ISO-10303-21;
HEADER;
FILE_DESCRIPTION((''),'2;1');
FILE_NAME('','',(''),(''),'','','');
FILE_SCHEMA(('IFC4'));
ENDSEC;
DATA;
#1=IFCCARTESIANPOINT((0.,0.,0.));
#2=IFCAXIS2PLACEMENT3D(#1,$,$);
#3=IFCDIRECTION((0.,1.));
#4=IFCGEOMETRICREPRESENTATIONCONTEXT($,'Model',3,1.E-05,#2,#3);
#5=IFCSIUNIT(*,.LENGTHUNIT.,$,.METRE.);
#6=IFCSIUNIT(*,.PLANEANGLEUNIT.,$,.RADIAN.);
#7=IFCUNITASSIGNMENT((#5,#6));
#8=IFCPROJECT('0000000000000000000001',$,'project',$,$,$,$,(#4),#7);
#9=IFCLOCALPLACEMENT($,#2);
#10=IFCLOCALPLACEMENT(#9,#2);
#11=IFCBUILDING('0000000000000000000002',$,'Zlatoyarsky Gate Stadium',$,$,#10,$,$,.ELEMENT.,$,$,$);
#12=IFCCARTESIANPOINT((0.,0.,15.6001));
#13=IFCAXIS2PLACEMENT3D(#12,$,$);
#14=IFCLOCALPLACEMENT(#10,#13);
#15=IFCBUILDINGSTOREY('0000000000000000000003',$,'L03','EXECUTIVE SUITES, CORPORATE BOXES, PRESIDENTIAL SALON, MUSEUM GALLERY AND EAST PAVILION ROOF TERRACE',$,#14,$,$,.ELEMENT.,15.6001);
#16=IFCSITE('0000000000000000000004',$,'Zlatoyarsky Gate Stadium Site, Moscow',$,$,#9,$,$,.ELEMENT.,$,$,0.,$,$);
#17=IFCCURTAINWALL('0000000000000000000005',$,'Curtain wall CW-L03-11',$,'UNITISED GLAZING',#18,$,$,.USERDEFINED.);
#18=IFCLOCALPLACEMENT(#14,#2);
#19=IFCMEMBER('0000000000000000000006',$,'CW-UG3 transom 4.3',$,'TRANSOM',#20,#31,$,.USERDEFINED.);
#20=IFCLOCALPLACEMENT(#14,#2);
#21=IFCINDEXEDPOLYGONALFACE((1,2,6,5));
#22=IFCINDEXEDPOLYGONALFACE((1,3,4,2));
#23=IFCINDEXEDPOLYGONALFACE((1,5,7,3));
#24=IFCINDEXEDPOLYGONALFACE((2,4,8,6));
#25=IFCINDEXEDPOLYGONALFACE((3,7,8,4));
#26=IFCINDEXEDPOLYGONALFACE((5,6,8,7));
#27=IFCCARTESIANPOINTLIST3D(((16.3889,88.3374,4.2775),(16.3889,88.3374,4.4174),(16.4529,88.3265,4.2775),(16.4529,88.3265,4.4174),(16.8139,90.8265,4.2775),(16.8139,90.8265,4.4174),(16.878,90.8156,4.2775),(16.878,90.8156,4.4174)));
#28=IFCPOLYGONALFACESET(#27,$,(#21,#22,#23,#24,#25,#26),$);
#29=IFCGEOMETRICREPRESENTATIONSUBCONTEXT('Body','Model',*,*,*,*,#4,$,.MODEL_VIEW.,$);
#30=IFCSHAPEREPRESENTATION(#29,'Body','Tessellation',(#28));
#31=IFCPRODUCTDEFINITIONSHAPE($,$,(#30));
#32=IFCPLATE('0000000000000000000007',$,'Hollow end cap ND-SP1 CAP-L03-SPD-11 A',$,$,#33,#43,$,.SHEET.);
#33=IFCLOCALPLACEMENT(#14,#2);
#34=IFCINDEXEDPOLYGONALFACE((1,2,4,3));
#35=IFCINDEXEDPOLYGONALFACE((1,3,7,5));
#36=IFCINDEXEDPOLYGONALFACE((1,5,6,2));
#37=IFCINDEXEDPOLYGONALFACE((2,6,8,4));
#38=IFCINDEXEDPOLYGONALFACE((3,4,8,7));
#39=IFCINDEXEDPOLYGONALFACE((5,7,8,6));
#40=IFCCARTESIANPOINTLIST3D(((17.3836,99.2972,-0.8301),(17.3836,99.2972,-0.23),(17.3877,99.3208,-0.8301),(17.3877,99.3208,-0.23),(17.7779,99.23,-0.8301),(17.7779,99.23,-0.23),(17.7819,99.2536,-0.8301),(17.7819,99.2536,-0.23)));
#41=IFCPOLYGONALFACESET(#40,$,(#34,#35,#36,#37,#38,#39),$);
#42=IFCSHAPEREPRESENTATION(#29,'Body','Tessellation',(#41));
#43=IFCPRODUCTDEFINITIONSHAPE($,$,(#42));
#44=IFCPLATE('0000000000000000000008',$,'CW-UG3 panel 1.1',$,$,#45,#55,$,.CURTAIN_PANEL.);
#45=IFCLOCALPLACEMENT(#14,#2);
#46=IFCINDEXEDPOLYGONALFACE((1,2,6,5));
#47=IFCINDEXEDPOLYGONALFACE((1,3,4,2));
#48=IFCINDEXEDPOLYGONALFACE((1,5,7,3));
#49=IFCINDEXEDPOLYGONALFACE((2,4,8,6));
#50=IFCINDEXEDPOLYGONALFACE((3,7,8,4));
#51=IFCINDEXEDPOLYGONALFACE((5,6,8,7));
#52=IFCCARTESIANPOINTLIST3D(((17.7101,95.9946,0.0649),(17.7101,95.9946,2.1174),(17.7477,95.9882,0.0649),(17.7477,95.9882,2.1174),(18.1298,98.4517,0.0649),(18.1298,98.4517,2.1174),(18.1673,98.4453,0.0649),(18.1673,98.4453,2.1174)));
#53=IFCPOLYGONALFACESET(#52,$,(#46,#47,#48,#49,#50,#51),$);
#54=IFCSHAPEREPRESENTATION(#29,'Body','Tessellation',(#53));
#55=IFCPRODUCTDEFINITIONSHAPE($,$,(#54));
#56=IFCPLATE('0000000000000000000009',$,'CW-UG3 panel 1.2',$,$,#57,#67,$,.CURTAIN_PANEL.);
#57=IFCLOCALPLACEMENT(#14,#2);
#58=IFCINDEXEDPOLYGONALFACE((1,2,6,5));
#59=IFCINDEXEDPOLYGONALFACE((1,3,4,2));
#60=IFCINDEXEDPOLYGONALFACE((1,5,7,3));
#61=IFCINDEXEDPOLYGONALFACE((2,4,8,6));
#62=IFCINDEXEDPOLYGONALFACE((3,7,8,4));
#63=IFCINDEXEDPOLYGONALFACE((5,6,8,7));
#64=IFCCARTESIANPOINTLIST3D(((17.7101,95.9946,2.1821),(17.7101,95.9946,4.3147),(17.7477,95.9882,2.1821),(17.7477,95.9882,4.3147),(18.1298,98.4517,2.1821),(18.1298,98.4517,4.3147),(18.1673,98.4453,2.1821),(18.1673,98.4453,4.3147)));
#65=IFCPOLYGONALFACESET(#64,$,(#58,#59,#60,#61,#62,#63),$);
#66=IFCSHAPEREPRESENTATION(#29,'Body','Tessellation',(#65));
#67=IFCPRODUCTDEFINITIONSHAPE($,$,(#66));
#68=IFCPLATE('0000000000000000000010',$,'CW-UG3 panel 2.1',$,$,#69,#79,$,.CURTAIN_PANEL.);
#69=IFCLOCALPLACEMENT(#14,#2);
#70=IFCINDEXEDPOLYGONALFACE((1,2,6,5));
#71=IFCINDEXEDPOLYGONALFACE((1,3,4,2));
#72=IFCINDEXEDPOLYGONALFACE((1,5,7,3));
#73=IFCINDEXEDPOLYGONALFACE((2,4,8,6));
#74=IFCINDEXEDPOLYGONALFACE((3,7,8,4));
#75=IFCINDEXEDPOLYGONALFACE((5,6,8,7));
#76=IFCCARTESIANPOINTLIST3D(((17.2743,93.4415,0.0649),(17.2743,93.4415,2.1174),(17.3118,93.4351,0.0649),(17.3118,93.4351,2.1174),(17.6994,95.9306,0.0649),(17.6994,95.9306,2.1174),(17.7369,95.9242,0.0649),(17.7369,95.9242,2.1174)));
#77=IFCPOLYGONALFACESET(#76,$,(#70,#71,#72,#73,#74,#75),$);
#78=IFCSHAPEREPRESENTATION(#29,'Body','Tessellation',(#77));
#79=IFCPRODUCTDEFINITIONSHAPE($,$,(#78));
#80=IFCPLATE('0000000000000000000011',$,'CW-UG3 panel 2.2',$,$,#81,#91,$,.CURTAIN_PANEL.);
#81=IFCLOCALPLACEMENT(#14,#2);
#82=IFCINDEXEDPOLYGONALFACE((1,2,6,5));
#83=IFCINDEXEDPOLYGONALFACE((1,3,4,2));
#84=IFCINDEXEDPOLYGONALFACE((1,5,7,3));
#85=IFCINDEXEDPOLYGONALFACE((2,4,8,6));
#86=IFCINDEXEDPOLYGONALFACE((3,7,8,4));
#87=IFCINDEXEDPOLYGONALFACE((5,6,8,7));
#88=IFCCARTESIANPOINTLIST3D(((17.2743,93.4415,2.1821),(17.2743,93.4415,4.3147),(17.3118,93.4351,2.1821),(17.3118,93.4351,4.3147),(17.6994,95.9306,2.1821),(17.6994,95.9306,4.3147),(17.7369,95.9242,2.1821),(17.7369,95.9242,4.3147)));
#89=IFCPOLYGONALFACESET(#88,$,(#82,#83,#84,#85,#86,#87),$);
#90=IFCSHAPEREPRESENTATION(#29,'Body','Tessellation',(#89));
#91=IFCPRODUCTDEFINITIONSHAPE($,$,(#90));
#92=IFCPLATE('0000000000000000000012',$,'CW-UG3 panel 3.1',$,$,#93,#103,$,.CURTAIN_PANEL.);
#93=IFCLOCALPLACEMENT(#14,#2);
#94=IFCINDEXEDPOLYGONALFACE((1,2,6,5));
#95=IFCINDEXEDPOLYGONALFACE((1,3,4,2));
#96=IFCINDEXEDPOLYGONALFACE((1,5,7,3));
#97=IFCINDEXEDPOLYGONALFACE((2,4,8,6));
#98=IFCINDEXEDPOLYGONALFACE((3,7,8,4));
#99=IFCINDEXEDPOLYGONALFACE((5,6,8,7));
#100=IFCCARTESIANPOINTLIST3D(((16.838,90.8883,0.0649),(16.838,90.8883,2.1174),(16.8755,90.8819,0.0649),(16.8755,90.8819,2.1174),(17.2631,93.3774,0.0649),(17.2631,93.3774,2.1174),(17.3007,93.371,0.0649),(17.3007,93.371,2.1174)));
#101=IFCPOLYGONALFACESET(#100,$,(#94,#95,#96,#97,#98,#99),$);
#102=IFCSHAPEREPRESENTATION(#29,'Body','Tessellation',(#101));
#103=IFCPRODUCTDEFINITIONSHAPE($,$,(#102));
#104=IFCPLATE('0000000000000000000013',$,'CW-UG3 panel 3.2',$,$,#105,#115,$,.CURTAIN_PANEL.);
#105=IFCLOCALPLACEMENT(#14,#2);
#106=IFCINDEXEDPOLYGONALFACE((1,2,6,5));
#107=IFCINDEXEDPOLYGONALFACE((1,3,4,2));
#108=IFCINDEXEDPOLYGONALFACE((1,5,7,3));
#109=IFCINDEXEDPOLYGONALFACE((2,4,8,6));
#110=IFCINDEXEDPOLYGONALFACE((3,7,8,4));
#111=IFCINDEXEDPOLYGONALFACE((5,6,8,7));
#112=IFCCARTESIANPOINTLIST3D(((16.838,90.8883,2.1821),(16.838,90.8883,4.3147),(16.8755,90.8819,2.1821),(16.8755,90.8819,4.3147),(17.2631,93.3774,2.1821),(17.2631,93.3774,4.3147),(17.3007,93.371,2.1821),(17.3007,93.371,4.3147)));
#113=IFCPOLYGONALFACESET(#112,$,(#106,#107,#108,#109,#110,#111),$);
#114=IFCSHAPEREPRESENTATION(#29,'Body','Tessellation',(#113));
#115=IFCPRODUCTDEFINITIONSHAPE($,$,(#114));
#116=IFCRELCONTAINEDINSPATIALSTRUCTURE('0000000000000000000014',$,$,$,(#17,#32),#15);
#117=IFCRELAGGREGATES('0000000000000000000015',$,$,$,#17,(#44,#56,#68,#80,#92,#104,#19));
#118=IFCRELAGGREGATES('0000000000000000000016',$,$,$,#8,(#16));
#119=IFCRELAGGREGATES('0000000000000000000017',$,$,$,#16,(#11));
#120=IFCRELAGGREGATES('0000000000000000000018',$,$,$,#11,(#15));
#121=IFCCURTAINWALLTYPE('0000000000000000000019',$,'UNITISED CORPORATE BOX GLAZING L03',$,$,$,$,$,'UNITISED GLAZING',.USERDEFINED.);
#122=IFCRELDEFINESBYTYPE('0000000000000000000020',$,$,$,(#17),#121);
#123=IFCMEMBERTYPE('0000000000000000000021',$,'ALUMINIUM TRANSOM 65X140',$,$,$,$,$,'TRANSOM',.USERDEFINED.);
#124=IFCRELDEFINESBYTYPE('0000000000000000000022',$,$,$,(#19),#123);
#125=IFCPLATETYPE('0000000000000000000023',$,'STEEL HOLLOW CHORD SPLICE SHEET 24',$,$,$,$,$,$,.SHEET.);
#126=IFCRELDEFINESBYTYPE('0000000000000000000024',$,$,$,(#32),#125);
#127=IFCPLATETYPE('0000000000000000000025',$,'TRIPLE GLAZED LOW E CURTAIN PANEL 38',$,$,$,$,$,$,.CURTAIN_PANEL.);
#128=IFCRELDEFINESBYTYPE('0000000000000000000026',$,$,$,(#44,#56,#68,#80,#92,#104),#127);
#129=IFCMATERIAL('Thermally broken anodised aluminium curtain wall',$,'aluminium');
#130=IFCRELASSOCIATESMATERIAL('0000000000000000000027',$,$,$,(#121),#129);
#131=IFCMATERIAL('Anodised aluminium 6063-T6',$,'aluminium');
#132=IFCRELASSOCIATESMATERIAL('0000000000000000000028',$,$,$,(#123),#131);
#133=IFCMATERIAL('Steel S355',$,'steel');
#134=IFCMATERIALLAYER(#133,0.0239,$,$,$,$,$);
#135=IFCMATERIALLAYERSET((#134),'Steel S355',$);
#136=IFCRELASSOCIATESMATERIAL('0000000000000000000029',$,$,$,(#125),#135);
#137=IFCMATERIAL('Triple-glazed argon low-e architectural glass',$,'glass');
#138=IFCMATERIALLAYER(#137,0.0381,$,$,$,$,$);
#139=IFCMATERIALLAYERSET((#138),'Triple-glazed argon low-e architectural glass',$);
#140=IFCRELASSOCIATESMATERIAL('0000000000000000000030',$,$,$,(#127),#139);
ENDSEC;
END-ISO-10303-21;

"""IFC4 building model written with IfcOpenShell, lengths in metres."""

from ifc_helpers import new_model, si_unit, direction, frame, origin, origin_2d, place, context, subcontext, project, spatial, rectangle, extrude, material, layer, layer_set, material_profile, profile_set, type_object, element, aggregate, save


model = new_model("IFC4")

# Units and contexts
model_context = context("Model", 3, precision=1e-05, world=origin(), true_north=direction((0.0, 1.0)))
body_context = subcontext(model_context, "Body", "Model", "MODEL_VIEW")
ifc_project = project(units=[si_unit("LENGTHUNIT", "METRE"), si_unit("PLANEANGLEUNIT", "RADIAN")], contexts=[model_context])

# Site, building, storey
site_placement = place(None, origin())
site = spatial("IfcSite", under=ifc_project, at=site_placement, Name="Zlatoyarsky Gate Stadium Site, Moscow", CompositionType="ELEMENT", RefElevation=0.0)
building_placement = place(site_placement, origin())
building = spatial("IfcBuilding", under=site, at=building_placement, Name="Zlatoyarsky Gate Stadium", CompositionType="ELEMENT")
storey_placement = place(building_placement, frame((0.0, 0.0, 15.6001)))
storey = spatial("IfcBuildingStorey", under=building, at=storey_placement, Name="L03", Description="EXECUTIVE SUITES, CORPORATE BOXES, PRESIDENTIAL SALON, MUSEUM GALLERY AND EAST PAVILION ROOF TERRACE", CompositionType="ELEMENT", Elevation=15.6001)

# Curtain wall, member
ifc_material_1 = material(Name="Thermally broken anodised aluminium curtain wall", Category="aluminium")
curtain_wall_type = type_object("IfcCurtainWallType", Name="UNITISED CORPORATE BOX GLAZING L03", ElementType="UNITISED GLAZING", PredefinedType="USERDEFINED", material=ifc_material_1)
curtain_wall_placement = place(storey_placement, origin())
curtain_wall = element("IfcCurtainWall", 1, at=curtain_wall_placement, inside=storey, type_object=curtain_wall_type, Name="Curtain wall CW-L03-11", ObjectType="UNITISED GLAZING", PredefinedType="USERDEFINED")
ifc_material_2 = material(Name="Anodised aluminium 6063-T6", Category="aluminium")
ifc_material_profile_1 = material_profile(ifc_material_2, rectangle(XDim=0.0649, YDim=0.1399, at=origin_2d()), Name="ALU 65X140")
ifc_profile_set_1 = profile_set([ifc_material_profile_1], Name="Anodised aluminium 6063-T6")
member_type_1 = type_object("IfcMemberType", Name="ALUMINIUM TRANSOM 65X140", ElementType="TRANSOM", PredefinedType="USERDEFINED", material=ifc_profile_set_1)
member_1_placement = place(storey_placement, frame((16.8459, 90.821, 4.3474), z_axis=(-0.168333, -0.98573, 0.0), x_axis=(0.98573, -0.168333, 0.0)))
member_1 = element("IfcMember", 2, at=member_1_placement, type_object=member_type_1, Name="CW-UG3 transom 4.3", ObjectType="TRANSOM", PredefinedType="USERDEFINED", context=body_context, shape_type="SweptSolid", body=[
    extrude(rectangle(XDim=0.0649, YDim=0.1399, at=origin_2d()), origin(), (0.0, 0.0, 1.0), 2.5251),
])

# Plates
ifc_material_3 = material(Name="Steel S355", Category="steel")
ifc_layer_1 = layer(ifc_material_3, 0.0239)
ifc_layer_set_1 = layer_set([ifc_layer_1], Name="Steel S355")
plate_type_1 = type_object("IfcPlateType", Name="STEEL HOLLOW CHORD SPLICE SHEET 24", PredefinedType="SHEET", material=ifc_layer_set_1)
plate_1_placement = place(storey_placement, frame((17.5828, 99.2754, -0.8301), z_axis=(0.0, 0.0, 1.0), x_axis=(-0.167999, -0.985787, 0.0)))
element("IfcPlate", 3, at=plate_1_placement, inside=storey, type_object=plate_type_1, Name="Hollow end cap ND-SP1 CAP-L03-SPD-11 A", PredefinedType="SHEET", context=body_context, shape_type="SweptSolid", body=[
    extrude(rectangle(XDim=0.0239, YDim=0.3999, at=origin_2d()), origin(), (0.0, 0.0, 1.0), 0.6001),
])
ifc_material_4 = material(Name="Triple-glazed argon low-e architectural glass", Category="glass")
ifc_layer_2 = layer(ifc_material_4, 0.0381)
ifc_layer_set_2 = layer_set([ifc_layer_2], Name="Triple-glazed argon low-e architectural glass")
plate_type_2 = type_object("IfcPlateType", Name="TRIPLE GLAZED LOW E CURTAIN PANEL 38", PredefinedType="CURTAIN_PANEL", material=ifc_layer_set_2)
plate_2_placement = place(storey_placement, frame((17.9387, 97.22, 0.0649), z_axis=(0.0, 0.0, 1.0), x_axis=(-0.168356, -0.985726, 0.0)))
plate_2 = element("IfcPlate", 4, at=plate_2_placement, type_object=plate_type_2, Name="CW-UG3 panel 1.1", PredefinedType="CURTAIN_PANEL", context=body_context, shape_type="SweptSolid", body=[
    extrude(rectangle(XDim=2.4927, YDim=0.0381, at=origin_2d()), origin(), (0.0, 0.0, 1.0), 2.0525),
])
plate_3_placement = place(storey_placement, frame((17.9387, 97.22, 2.1821), z_axis=(0.0, 0.0, 1.0), x_axis=(-0.168356, -0.985726, 0.0)))
plate_3 = element("IfcPlate", 5, at=plate_3_placement, type_object=plate_type_2, Name="CW-UG3 panel 1.2", PredefinedType="CURTAIN_PANEL", context=body_context, shape_type="SweptSolid", body=[
    extrude(rectangle(XDim=2.4927, YDim=0.0381, at=origin_2d()), origin(), (0.0, 0.0, 1.0), 2.1326),
])
plate_4_placement = place(storey_placement, frame((17.5056, 94.6829, 0.0649), z_axis=(0.0, 0.0, 1.0), x_axis=(-0.168356, -0.985726, 0.0)))
plate_4 = element("IfcPlate", 6, at=plate_4_placement, type_object=plate_type_2, Name="CW-UG3 panel 2.1", PredefinedType="CURTAIN_PANEL", context=body_context, shape_type="SweptSolid", body=[
    extrude(rectangle(XDim=2.5251, YDim=0.0381, at=origin_2d()), origin(), (0.0, 0.0, 1.0), 2.0525),
])
plate_5_placement = place(storey_placement, frame((17.5056, 94.6829, 2.1821), z_axis=(0.0, 0.0, 1.0), x_axis=(-0.168356, -0.985726, 0.0)))
plate_5 = element("IfcPlate", 7, at=plate_5_placement, type_object=plate_type_2, Name="CW-UG3 panel 2.2", PredefinedType="CURTAIN_PANEL", context=body_context, shape_type="SweptSolid", body=[
    extrude(rectangle(XDim=2.5251, YDim=0.0381, at=origin_2d()), origin(), (0.0, 0.0, 1.0), 2.1326),
])
plate_6_placement = place(storey_placement, frame((17.0693, 92.1296, 0.0649), z_axis=(0.0, 0.0, 1.0), x_axis=(-0.168356, -0.985726, 0.0)))
plate_6 = element("IfcPlate", 8, at=plate_6_placement, type_object=plate_type_2, Name="CW-UG3 panel 3.1", PredefinedType="CURTAIN_PANEL", context=body_context, shape_type="SweptSolid", body=[
    extrude(rectangle(XDim=2.5251, YDim=0.0381, at=origin_2d()), origin(), (0.0, 0.0, 1.0), 2.0525),
])
plate_7_placement = place(storey_placement, frame((17.0693, 92.1296, 2.1821), z_axis=(0.0, 0.0, 1.0), x_axis=(-0.168356, -0.985726, 0.0)))
plate_7 = element("IfcPlate", 9, at=plate_7_placement, type_object=plate_type_2, Name="CW-UG3 panel 3.2", PredefinedType="CURTAIN_PANEL", context=body_context, shape_type="SweptSolid", body=[
    extrude(rectangle(XDim=2.5251, YDim=0.0381, at=origin_2d()), origin(), (0.0, 0.0, 1.0), 2.1326),
])
aggregate(curtain_wall, [plate_2, plate_3, plate_4, plate_5, plate_6, plate_7, member_1])

save(model, "model.ifc")
